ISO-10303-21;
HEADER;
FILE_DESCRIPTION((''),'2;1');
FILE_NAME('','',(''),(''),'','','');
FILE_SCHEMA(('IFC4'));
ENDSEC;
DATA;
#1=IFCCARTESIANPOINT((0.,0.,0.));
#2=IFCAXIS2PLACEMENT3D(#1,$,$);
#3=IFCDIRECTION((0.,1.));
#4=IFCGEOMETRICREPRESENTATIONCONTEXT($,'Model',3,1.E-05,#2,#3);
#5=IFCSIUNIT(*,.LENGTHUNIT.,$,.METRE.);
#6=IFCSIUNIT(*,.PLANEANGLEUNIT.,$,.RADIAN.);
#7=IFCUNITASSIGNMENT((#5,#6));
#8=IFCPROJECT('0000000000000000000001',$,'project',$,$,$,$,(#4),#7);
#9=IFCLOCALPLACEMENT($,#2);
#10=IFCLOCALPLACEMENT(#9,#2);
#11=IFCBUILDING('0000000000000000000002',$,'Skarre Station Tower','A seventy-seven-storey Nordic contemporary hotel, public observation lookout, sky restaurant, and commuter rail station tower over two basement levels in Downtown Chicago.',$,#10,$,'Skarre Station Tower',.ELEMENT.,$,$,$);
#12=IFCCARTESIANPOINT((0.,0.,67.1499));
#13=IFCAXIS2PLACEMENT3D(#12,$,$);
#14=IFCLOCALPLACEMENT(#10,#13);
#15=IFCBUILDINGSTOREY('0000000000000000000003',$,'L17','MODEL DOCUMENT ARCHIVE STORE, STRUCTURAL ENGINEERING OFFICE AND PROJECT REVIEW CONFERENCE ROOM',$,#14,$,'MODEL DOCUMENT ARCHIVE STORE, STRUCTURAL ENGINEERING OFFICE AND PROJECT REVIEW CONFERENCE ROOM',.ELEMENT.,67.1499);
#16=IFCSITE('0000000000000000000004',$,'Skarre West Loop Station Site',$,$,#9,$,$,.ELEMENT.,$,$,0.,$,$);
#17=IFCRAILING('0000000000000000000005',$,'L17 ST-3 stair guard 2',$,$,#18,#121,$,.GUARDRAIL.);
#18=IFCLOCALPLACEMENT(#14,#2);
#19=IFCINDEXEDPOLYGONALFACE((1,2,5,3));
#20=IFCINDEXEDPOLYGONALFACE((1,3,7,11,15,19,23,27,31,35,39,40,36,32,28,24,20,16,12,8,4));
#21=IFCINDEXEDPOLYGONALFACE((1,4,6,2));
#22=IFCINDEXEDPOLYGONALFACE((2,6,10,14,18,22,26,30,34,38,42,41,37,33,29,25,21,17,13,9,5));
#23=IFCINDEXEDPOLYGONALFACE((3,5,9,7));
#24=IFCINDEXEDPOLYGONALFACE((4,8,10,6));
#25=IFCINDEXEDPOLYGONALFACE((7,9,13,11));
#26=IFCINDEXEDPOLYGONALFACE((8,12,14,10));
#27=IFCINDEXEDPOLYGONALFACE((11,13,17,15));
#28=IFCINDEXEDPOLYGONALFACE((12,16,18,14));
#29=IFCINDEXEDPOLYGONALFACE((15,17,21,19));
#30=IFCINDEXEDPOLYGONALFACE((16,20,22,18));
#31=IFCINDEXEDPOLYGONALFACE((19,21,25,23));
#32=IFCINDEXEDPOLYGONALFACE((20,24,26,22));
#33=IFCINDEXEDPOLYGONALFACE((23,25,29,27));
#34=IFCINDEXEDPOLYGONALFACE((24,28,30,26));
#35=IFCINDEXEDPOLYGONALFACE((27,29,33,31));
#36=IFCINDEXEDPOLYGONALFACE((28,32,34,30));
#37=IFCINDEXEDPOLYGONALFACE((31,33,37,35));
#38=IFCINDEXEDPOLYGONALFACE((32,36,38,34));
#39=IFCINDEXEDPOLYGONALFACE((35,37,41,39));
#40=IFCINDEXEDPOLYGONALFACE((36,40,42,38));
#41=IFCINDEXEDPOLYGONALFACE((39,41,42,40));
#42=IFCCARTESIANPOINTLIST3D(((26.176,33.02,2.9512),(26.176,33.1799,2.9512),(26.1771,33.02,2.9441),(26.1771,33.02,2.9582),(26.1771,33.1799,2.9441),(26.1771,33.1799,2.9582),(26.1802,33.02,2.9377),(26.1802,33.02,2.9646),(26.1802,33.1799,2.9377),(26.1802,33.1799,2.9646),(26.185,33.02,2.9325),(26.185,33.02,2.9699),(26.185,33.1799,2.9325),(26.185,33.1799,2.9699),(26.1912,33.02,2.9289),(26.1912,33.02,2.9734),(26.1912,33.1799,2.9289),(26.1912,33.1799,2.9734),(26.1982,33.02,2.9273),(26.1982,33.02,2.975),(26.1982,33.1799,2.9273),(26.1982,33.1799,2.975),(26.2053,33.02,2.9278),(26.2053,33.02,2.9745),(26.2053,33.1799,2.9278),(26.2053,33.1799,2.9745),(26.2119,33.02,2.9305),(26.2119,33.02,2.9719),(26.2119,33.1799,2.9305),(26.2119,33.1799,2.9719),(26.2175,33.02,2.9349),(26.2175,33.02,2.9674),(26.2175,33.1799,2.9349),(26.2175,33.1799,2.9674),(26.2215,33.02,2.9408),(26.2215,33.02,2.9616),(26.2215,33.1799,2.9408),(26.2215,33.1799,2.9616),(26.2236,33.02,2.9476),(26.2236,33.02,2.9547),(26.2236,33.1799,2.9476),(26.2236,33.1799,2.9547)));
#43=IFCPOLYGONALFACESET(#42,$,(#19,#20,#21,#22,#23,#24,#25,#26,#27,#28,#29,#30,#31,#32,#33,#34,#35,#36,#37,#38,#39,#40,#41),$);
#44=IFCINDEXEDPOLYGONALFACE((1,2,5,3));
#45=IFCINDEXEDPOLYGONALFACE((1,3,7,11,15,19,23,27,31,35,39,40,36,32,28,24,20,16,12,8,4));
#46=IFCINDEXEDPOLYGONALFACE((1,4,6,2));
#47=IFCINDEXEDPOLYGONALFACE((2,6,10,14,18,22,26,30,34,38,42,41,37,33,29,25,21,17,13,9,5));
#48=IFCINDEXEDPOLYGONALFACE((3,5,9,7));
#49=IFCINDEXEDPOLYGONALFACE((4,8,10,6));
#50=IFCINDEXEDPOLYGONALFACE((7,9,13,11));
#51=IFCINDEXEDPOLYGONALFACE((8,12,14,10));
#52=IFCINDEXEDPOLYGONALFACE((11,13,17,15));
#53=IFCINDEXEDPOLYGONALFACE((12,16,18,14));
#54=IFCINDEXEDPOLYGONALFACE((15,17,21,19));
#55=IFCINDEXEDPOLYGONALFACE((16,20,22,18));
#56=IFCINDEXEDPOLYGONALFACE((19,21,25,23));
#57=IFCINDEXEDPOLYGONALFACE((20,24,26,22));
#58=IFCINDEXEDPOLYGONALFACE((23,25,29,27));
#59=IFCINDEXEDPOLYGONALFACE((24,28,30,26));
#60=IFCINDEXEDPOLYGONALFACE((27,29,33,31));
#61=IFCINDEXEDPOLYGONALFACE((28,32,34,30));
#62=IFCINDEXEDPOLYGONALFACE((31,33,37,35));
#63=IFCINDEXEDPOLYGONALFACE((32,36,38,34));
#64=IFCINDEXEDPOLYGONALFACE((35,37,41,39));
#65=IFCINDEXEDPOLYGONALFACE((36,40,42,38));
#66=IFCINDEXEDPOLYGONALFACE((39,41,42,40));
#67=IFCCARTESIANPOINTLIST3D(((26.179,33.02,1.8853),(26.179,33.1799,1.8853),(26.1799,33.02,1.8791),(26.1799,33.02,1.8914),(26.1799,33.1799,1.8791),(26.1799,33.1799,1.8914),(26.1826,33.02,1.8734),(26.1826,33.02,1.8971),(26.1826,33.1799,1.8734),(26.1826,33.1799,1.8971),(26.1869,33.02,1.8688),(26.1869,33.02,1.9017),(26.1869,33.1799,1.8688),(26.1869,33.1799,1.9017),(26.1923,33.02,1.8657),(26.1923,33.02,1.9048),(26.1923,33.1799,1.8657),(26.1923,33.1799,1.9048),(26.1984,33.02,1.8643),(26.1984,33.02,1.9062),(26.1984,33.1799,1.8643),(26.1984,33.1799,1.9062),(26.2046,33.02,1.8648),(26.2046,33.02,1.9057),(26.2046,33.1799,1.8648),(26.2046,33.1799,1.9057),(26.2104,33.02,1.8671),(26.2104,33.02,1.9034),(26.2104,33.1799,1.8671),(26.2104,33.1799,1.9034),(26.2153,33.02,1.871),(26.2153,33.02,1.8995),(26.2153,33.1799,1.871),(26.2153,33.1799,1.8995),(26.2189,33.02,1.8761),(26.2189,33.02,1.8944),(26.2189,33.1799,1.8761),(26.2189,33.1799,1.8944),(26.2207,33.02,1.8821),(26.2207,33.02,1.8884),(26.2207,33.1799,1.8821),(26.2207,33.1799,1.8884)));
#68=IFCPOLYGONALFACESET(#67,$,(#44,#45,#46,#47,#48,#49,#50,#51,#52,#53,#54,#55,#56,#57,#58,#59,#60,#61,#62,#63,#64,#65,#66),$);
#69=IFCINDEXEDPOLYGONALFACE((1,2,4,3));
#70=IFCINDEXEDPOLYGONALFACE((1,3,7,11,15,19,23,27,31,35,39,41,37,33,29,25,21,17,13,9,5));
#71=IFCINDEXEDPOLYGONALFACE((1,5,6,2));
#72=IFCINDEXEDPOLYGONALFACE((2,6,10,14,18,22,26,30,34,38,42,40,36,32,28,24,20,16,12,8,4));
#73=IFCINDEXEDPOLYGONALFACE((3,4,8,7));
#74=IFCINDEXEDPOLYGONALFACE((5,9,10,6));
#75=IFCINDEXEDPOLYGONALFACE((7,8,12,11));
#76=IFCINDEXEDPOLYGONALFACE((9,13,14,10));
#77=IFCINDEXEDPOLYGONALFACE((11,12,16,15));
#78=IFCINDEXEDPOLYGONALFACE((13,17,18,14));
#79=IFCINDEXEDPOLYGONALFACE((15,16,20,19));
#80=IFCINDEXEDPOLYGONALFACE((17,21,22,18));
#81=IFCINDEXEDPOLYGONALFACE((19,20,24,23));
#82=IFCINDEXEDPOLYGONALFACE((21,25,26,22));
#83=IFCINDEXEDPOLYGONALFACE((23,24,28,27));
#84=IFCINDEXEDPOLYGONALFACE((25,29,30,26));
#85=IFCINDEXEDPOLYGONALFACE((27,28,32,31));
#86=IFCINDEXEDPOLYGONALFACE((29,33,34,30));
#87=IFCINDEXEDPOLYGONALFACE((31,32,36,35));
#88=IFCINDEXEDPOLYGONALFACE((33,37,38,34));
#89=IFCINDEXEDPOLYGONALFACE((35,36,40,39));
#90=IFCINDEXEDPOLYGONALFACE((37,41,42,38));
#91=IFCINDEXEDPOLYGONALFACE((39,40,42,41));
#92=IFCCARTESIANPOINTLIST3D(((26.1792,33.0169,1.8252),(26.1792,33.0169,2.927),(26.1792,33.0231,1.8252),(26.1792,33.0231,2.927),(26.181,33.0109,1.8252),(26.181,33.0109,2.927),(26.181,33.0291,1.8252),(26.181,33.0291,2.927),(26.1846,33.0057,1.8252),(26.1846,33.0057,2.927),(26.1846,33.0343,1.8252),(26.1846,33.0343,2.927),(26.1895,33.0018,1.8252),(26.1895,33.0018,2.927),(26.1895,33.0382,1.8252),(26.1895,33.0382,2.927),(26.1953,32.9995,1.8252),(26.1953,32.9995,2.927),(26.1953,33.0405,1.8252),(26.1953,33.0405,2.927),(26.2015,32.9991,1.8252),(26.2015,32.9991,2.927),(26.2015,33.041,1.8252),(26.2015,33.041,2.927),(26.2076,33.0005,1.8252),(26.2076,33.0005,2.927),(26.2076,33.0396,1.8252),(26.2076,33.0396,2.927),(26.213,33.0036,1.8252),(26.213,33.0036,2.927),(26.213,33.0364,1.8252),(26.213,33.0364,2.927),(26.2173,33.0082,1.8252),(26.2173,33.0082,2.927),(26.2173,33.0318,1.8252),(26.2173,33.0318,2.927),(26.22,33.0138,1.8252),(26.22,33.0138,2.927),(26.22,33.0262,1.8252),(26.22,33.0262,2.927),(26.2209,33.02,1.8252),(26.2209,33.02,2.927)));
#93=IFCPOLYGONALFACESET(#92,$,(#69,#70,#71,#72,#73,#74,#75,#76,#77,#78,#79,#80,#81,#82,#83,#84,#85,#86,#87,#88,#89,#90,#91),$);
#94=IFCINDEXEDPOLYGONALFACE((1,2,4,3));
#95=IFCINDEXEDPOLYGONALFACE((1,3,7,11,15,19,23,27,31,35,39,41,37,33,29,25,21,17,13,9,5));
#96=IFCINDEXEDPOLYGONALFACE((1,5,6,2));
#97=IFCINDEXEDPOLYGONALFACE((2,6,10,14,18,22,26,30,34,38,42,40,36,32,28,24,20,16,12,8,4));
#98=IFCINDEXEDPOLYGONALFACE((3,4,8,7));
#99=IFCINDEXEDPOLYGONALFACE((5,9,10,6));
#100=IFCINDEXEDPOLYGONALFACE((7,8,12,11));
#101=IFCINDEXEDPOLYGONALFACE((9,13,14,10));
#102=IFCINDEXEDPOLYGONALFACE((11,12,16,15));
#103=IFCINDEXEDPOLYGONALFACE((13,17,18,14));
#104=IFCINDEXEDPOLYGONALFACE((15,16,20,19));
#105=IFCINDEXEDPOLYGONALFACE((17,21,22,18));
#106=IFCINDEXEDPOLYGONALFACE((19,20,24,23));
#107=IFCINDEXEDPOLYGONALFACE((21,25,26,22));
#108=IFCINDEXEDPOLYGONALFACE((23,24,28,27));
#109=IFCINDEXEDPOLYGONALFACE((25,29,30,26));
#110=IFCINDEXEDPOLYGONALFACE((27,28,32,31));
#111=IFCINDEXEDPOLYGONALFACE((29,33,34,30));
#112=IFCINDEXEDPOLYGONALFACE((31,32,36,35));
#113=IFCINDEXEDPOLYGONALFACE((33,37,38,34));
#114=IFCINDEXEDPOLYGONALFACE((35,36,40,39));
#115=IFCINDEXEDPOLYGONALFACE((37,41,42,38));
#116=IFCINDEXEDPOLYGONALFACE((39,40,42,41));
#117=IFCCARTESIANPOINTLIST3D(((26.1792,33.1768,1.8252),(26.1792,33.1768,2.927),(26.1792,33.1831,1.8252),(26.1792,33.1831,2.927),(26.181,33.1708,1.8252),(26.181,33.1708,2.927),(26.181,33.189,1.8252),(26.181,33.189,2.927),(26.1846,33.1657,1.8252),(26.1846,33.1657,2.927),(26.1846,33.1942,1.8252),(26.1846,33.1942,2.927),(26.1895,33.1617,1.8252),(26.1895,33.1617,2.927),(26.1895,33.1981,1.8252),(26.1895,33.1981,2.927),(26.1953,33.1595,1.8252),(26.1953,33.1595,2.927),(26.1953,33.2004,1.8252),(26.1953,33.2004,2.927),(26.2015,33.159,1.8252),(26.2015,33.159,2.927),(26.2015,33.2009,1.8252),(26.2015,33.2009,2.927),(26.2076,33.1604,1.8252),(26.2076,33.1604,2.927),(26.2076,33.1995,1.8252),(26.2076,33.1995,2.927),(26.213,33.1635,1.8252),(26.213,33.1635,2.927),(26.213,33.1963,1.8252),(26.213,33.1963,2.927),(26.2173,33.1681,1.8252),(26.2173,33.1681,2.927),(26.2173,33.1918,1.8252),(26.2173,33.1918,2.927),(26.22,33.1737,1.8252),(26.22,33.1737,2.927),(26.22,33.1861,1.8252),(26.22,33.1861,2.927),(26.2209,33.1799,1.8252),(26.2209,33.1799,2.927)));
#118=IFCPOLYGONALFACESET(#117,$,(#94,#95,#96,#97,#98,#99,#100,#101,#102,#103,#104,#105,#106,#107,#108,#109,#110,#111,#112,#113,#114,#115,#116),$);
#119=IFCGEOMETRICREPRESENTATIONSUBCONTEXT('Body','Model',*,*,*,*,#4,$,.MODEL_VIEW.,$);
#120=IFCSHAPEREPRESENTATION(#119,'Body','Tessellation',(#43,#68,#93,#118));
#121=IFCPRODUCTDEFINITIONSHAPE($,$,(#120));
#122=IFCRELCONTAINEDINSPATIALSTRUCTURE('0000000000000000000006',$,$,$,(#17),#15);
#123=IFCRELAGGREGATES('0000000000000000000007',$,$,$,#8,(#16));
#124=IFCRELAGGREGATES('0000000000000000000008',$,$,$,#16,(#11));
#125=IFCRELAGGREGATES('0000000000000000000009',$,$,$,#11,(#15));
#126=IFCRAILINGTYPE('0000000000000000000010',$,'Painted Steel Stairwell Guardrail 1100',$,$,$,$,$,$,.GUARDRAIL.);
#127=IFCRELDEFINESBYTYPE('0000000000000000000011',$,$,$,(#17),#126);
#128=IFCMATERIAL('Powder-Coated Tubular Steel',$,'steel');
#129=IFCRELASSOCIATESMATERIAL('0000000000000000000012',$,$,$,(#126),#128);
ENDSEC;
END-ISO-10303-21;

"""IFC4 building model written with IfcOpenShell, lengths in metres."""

from ifc_helpers import new_model, si_unit, direction, frame, origin, origin_2d, place, context, subcontext, project, spatial, circle, extrude, material, type_object, element, save


model = new_model("IFC4")

# Units and contexts
model_context = context("Model", 3, precision=1e-05, world=origin(), true_north=direction((0.0, 1.0)))
body_context = subcontext(model_context, "Body", "Model", "MODEL_VIEW")
ifc_project = project(units=[si_unit("LENGTHUNIT", "METRE"), si_unit("PLANEANGLEUNIT", "RADIAN")], contexts=[model_context])

# Site, building, storey
site_placement = place(None, origin())
site = spatial("IfcSite", under=ifc_project, at=site_placement, Name="Skarre West Loop Station Site", CompositionType="ELEMENT", RefElevation=0.0)
building_placement = place(site_placement, origin())
building = spatial("IfcBuilding", under=site, at=building_placement, Name="Skarre Station Tower", Description="A seventy-seven-storey Nordic contemporary hotel, public observation lookout, sky restaurant, and commuter rail station tower over two basement levels in Downtown Chicago.", LongName="Skarre Station Tower", CompositionType="ELEMENT")
storey_placement = place(building_placement, frame((0.0, 0.0, 67.1499)))
storey = spatial("IfcBuildingStorey", under=building, at=storey_placement, Name="L17", Description="MODEL DOCUMENT ARCHIVE STORE, STRUCTURAL ENGINEERING OFFICE AND PROJECT REVIEW CONFERENCE ROOM", LongName="MODEL DOCUMENT ARCHIVE STORE, STRUCTURAL ENGINEERING OFFICE AND PROJECT REVIEW CONFERENCE ROOM", CompositionType="ELEMENT", Elevation=67.1499)

# Railing
ifc_material_1 = material(Name="Powder-Coated Tubular Steel", Category="steel")
railing_type_1 = type_object("IfcRailingType", Name="Painted Steel Stairwell Guardrail 1100", PredefinedType="GUARDRAIL", material=ifc_material_1)
railing_1_placement = place(storey_placement, frame((26.2, 33.02, 1.8252)))
element("IfcRailing", 1, at=railing_1_placement, inside=storey, type_object=railing_type_1, Name="L17 ST-3 stair guard 2", PredefinedType="GUARDRAIL", context=body_context, shape_type="SweptSolid", body=[
    extrude(circle(Radius=0.0239, at=origin_2d()), frame((0.0, 0.0, 1.126), z_axis=(0.0, 1.0, 0.0), x_axis=(-1.0, 0.0, 0.0)), (0.0, 0.0, 1.0), 0.1599),
    extrude(circle(Radius=0.021, at=origin_2d()), frame((0.0, 0.0, 0.0601), z_axis=(0.0, 1.0, 0.0), x_axis=(-1.0, 0.0, 0.0)), (0.0, 0.0, 1.0), 0.1599),
    extrude(circle(Radius=0.021, at=origin_2d()), origin(), (0.0, 0.0, 1.0), 1.1018),
    extrude(circle(Radius=0.021, at=origin_2d()), frame((0.0, 0.1599, 0.0)), (0.0, 0.0, 1.0), 1.1018),
])

save(model, "model.ifc")
